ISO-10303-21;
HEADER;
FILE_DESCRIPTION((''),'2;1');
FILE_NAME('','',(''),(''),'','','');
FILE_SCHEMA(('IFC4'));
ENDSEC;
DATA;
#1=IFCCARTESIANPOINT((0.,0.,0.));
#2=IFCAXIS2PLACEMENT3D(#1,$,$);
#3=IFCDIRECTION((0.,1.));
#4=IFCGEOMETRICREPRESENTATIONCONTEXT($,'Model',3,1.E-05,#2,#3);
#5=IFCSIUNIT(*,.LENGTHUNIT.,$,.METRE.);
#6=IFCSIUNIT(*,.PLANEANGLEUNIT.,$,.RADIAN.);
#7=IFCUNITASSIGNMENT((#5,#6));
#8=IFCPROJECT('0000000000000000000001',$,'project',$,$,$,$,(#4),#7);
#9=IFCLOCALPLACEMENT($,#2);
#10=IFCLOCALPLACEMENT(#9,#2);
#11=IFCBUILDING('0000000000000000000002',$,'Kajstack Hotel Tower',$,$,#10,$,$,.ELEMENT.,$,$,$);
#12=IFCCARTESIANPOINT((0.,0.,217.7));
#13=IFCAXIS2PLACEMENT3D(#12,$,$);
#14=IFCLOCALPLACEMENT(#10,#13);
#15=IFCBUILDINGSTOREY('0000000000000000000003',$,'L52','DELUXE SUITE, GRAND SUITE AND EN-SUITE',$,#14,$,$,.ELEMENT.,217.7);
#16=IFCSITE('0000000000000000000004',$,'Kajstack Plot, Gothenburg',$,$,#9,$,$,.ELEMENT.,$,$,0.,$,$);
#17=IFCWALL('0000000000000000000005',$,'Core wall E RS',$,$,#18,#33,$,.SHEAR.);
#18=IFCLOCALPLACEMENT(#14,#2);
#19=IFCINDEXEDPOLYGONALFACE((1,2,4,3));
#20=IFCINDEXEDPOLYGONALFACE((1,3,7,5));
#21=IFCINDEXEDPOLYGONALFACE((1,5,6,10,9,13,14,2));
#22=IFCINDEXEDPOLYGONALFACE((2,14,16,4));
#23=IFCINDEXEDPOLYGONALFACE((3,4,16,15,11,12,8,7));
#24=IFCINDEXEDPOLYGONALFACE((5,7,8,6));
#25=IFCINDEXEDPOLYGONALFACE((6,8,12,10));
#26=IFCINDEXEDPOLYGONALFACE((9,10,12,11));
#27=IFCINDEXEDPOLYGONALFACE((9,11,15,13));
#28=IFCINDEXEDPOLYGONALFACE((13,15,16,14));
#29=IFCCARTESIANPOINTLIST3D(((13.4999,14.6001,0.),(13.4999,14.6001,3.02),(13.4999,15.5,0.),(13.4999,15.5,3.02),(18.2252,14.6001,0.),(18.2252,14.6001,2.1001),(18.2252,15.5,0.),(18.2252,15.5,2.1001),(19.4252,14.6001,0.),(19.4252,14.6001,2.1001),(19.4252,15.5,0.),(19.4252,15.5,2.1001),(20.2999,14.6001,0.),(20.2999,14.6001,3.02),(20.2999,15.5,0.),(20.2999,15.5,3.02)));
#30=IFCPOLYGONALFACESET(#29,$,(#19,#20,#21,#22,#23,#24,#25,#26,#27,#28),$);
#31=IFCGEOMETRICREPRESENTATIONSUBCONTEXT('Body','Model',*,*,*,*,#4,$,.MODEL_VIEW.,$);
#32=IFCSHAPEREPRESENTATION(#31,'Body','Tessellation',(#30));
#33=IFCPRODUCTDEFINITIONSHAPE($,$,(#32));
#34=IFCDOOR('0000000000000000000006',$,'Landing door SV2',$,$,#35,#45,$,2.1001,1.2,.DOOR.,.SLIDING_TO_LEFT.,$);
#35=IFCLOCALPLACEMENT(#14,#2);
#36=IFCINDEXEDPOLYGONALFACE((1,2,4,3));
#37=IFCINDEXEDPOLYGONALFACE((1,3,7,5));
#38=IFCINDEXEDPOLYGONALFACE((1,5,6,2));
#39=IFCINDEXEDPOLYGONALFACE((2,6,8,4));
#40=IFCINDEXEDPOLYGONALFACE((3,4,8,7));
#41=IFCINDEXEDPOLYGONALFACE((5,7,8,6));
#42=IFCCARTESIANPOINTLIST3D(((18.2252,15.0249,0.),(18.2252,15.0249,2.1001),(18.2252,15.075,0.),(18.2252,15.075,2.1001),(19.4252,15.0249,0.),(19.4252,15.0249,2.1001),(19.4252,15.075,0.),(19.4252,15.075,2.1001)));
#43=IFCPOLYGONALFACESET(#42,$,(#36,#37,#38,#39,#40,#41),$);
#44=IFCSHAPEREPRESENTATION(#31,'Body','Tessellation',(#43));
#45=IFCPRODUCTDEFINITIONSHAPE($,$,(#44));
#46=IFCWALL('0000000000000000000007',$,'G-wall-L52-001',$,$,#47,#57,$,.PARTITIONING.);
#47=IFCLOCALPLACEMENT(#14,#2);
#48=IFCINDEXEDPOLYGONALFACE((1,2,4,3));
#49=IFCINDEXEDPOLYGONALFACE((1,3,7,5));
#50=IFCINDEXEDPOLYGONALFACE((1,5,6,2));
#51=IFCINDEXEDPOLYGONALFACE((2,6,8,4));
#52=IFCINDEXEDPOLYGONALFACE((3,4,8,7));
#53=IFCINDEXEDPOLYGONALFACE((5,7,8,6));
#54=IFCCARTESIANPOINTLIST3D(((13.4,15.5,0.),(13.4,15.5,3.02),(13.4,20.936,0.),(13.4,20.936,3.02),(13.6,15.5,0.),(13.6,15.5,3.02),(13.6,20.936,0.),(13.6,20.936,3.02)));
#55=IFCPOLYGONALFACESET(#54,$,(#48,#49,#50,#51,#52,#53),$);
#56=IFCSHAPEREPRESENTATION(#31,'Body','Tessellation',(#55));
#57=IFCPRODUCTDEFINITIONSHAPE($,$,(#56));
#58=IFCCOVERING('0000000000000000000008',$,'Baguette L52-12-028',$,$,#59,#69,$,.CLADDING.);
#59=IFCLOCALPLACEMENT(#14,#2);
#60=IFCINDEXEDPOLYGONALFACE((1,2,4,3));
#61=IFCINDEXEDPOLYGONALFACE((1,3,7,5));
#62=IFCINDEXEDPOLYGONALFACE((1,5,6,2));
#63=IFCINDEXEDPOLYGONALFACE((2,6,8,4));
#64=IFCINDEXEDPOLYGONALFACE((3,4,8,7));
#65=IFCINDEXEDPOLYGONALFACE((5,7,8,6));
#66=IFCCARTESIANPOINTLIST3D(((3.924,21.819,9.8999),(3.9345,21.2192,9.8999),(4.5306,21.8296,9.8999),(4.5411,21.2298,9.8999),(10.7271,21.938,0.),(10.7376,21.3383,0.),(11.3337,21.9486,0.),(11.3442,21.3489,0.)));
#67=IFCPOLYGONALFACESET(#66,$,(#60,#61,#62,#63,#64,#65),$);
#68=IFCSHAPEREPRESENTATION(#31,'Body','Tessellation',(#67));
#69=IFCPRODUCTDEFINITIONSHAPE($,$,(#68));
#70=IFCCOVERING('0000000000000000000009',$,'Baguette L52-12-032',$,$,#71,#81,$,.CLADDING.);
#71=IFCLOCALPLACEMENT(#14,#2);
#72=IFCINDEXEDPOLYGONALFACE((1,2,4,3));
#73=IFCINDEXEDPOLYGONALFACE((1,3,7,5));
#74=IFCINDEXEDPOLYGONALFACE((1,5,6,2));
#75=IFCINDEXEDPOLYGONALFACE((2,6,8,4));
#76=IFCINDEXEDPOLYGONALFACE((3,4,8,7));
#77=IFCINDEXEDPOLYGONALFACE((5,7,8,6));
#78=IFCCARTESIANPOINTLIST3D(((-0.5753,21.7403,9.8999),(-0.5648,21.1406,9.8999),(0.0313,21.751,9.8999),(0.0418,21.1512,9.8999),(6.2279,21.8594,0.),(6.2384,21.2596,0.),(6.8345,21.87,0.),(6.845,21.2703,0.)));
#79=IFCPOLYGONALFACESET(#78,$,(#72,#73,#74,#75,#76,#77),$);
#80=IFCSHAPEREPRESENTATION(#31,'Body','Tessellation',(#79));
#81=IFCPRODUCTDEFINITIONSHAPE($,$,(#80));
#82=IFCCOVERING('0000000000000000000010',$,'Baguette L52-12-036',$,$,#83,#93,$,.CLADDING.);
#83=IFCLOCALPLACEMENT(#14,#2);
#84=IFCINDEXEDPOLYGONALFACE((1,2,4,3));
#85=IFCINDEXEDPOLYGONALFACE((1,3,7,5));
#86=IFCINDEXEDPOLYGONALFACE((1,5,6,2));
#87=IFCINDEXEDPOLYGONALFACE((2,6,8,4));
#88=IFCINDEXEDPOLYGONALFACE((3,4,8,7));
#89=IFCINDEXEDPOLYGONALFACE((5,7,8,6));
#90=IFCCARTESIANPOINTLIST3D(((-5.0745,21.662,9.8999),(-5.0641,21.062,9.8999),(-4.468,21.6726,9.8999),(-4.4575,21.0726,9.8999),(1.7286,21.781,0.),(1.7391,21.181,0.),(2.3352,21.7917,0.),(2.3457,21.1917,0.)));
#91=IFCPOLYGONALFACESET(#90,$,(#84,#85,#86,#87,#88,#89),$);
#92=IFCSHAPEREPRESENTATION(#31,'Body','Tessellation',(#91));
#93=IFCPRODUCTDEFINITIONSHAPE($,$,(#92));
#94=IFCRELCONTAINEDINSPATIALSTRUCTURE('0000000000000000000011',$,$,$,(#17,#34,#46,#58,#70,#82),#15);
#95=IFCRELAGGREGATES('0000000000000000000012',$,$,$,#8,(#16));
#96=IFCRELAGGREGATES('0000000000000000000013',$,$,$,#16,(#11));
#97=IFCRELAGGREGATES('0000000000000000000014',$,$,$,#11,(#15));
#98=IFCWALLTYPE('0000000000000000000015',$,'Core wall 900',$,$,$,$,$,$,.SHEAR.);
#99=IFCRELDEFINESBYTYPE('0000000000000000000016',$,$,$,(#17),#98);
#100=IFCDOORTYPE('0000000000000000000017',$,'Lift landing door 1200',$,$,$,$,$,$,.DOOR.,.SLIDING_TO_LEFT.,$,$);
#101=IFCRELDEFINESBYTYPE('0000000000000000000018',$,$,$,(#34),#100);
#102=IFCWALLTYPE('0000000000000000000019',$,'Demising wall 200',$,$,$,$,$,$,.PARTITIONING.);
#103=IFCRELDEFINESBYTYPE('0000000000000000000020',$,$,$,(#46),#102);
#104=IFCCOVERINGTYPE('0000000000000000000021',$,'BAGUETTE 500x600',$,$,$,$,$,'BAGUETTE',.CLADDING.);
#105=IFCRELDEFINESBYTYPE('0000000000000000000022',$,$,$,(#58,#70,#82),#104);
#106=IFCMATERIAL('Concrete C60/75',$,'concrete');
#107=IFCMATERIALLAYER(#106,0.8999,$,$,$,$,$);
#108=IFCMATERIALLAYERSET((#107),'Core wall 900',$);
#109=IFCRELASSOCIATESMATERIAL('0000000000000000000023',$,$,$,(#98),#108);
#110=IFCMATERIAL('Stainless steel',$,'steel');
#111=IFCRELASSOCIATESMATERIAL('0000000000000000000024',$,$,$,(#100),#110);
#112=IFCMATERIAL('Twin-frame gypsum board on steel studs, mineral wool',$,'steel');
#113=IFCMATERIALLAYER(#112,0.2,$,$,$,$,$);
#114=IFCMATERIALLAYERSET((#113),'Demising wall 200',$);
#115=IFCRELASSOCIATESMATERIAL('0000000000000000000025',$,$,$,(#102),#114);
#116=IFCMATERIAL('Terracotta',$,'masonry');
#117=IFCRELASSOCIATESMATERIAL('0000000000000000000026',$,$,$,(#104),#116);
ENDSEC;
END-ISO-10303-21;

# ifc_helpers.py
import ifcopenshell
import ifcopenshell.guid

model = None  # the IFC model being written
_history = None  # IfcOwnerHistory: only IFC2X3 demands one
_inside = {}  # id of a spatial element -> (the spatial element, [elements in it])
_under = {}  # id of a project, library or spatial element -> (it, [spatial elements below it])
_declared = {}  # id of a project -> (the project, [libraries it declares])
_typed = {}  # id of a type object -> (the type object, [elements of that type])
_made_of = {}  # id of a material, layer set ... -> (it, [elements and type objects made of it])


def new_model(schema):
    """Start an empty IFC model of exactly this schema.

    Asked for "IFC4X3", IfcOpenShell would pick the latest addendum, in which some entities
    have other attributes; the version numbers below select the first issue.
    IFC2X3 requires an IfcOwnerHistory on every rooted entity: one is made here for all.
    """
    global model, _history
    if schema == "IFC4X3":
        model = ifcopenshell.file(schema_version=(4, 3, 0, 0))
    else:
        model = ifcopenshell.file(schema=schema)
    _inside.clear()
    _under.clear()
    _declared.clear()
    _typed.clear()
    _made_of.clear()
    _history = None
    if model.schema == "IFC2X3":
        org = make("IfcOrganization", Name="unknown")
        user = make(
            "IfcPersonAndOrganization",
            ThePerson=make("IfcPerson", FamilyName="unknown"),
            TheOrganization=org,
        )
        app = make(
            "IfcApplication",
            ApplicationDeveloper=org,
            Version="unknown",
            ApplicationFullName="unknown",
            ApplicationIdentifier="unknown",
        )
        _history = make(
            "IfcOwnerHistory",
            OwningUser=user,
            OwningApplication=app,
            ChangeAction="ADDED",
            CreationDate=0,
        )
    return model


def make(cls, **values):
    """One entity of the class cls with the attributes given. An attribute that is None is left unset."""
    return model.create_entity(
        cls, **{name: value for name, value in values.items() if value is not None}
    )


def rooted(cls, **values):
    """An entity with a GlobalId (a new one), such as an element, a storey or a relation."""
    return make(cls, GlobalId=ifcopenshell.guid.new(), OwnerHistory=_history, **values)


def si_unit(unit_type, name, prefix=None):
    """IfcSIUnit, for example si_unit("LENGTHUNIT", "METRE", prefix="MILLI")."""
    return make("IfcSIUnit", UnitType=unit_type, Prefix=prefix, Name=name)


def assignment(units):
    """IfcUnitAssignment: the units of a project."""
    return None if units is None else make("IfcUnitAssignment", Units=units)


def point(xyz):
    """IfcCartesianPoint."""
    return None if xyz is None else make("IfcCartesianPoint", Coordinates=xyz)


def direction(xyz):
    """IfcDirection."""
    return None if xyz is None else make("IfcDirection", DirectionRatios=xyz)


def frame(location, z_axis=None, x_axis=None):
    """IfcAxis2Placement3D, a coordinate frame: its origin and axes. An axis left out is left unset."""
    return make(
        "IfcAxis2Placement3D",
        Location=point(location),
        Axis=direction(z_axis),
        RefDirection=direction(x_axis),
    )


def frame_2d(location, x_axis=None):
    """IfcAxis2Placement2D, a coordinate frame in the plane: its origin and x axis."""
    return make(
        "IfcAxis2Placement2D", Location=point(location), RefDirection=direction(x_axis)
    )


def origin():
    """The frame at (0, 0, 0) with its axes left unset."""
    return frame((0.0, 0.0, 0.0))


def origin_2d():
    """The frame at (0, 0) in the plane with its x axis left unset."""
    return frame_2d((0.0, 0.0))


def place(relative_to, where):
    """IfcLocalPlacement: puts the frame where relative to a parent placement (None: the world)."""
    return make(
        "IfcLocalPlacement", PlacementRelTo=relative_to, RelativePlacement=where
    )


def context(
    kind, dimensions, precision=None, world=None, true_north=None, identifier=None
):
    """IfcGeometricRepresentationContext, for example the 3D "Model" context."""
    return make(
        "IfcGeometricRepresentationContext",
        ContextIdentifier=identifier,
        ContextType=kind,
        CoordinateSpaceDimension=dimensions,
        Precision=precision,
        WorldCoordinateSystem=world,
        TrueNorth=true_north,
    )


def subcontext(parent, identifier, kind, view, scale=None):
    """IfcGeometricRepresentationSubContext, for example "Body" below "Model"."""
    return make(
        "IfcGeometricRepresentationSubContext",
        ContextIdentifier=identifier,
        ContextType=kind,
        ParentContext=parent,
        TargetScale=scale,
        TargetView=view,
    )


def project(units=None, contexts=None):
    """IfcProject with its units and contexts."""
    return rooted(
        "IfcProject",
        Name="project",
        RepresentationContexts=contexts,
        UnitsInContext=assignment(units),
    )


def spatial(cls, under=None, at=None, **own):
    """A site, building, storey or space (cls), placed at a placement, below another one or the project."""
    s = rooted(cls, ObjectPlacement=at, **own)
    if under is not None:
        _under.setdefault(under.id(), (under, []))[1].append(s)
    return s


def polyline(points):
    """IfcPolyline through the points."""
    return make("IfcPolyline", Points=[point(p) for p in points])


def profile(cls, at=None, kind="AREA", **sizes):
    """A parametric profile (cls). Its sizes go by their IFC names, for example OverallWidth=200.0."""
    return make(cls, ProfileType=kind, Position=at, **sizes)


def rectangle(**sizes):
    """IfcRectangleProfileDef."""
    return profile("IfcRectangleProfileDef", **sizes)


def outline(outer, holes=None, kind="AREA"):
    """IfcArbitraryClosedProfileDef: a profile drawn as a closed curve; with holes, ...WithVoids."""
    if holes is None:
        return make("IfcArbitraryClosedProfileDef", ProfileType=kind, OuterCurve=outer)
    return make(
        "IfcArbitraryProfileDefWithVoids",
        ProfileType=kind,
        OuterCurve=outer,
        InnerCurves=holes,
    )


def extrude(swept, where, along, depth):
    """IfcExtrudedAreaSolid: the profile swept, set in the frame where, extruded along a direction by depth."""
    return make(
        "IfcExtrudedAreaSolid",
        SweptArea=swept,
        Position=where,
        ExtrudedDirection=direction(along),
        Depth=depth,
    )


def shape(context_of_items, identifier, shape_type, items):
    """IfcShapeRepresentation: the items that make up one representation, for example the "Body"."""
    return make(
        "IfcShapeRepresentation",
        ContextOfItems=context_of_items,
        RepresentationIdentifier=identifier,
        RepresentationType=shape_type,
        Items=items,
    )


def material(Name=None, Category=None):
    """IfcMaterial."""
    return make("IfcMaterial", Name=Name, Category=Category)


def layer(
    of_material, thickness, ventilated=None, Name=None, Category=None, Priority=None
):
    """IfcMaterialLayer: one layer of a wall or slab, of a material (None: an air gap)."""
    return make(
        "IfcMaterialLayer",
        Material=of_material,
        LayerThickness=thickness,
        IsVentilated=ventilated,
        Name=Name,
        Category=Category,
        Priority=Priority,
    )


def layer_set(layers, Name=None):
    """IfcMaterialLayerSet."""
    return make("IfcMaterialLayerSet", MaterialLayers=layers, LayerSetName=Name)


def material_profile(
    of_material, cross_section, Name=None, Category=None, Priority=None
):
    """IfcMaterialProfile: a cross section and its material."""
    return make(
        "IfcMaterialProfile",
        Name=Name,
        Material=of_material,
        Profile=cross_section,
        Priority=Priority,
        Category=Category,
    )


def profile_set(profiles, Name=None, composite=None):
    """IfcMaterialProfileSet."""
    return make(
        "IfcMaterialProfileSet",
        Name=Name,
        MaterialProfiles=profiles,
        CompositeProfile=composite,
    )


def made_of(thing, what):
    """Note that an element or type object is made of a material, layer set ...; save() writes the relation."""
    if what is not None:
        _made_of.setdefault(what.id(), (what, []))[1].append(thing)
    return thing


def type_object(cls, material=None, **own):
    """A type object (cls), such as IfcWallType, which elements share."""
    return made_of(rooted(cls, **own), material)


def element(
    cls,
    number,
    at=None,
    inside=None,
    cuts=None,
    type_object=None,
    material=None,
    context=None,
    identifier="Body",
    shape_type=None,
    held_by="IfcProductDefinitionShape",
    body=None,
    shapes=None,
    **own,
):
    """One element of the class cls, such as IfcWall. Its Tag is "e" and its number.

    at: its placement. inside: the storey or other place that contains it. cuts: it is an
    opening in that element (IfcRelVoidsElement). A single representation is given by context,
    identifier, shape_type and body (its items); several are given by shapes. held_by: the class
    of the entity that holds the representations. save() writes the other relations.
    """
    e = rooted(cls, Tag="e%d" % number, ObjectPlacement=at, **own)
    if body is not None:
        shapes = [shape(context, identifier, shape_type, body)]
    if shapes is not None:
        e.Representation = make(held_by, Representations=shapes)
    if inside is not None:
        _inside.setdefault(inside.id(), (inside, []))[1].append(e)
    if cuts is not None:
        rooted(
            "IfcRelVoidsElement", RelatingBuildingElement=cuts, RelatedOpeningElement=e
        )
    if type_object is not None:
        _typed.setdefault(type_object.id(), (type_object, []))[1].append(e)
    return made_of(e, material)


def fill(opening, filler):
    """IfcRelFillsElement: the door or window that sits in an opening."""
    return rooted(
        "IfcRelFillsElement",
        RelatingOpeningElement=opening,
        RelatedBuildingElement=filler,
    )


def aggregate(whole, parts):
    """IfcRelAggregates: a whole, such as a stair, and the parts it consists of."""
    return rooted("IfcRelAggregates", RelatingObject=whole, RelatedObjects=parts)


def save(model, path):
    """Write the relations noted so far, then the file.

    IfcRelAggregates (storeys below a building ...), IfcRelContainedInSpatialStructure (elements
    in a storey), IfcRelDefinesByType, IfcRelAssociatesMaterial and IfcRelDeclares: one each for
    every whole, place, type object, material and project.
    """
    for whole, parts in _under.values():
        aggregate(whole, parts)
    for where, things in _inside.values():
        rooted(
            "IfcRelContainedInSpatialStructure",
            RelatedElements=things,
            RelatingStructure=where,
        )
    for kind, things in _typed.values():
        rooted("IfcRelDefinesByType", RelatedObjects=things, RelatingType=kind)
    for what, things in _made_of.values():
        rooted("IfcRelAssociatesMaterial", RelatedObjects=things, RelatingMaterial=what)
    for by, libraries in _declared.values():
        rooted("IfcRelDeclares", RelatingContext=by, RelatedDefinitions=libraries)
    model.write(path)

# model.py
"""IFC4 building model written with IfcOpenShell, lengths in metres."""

from ifc_helpers import new_model, si_unit, direction, frame, frame_2d, origin, origin_2d, place, context, subcontext, project, spatial, polyline, rectangle, outline, extrude, material, layer, layer_set, material_profile, profile_set, type_object, element, fill, save


model = new_model("IFC4")

# Units and contexts
model_context = context("Model", 3, precision=1e-05, world=origin(), true_north=direction((0.0, 1.0)))
body_context = subcontext(model_context, "Body", "Model", "MODEL_VIEW")
ifc_project = project(units=[si_unit("LENGTHUNIT", "METRE"), si_unit("PLANEANGLEUNIT", "RADIAN")], contexts=[model_context])

# Site, building, storey
site_placement = place(None, origin())
site = spatial("IfcSite", under=ifc_project, at=site_placement, Name="Kajstack Plot, Gothenburg", CompositionType="ELEMENT", RefElevation=0.0)
building_placement = place(site_placement, origin())
building = spatial("IfcBuilding", under=site, at=building_placement, Name="Kajstack Hotel Tower", CompositionType="ELEMENT")
storey_placement = place(building_placement, frame((0.0, 0.0, 217.7)))
storey = spatial("IfcBuildingStorey", under=building, at=storey_placement, Name="L52", Description="DELUXE SUITE, GRAND SUITE AND EN-SUITE", CompositionType="ELEMENT", Elevation=217.7)

# Wall, opening, door
ifc_material_1 = material(Name="Concrete C60/75", Category="concrete")
ifc_layer_1 = layer(ifc_material_1, 0.8999)
ifc_layer_set_1 = layer_set([ifc_layer_1], Name="Core wall 900")
wall_type_1 = type_object("IfcWallType", Name="Core wall 900", PredefinedType="SHEAR", material=ifc_layer_set_1)
wall_1_placement = place(storey_placement, frame((13.5, 15.05, 0.0), z_axis=(0.0, 0.0, 1.0), x_axis=(1.0, 0.0, 0.0)))
wall_1 = element("IfcWall", 1, at=wall_1_placement, inside=storey, type_object=wall_type_1, Name="Core wall E RS", PredefinedType="SHEAR", context=body_context, shape_type="SweptSolid", body=[
    extrude(rectangle(XDim=6.8, YDim=0.8999, at=frame_2d((3.3999, 0.0))), origin(), (0.0, 0.0, 1.0), 3.02),
])
opening_1_placement = place(wall_1_placement, frame((4.7251, 0.0, 0.0)))
opening_1 = element("IfcOpeningElement", 2, at=opening_1_placement, cuts=wall_1, PredefinedType="OPENING", context=body_context, shape_type="SweptSolid", body=[
    extrude(rectangle(XDim=1.2, YDim=2.1001, at=frame_2d((0.6001, 1.05))), frame((0.0, 0.46, 0.0), z_axis=(0.0, -1.0, 0.0), x_axis=(1.0, 0.0, 0.0)), (0.0, 0.0, 1.0), 0.9199),
])
ifc_material_2 = material(Name="Stainless steel", Category="steel")
door_type = type_object("IfcDoorType", Name="Lift landing door 1200", OperationType="SLIDING_TO_LEFT", PredefinedType="DOOR", material=ifc_material_2)
door_placement = place(opening_1_placement, origin())
door = element("IfcDoor", 3, at=door_placement, inside=storey, type_object=door_type, Name="Landing door SV2", OperationType="SLIDING_TO_LEFT", OverallHeight=2.1001, OverallWidth=1.2, PredefinedType="DOOR", context=body_context, shape_type="SweptSolid", body=[
    extrude(rectangle(XDim=1.2, YDim=2.1001, at=frame_2d((0.6001, 1.05))), frame((0.0, 0.0249, 0.0), z_axis=(0.0, -1.0, 0.0), x_axis=(1.0, 0.0, 0.0)), (0.0, 0.0, 1.0), 0.05),
])
fill(opening_1, door)

# Wall
ifc_material_3 = material(Name="Twin-frame gypsum board on steel studs, mineral wool", Category="steel")
ifc_layer_2 = layer(ifc_material_3, 0.2)
ifc_layer_set_2 = layer_set([ifc_layer_2], Name="Demising wall 200")
wall_type_2 = type_object("IfcWallType", Name="Demising wall 200", PredefinedType="PARTITIONING", material=ifc_layer_set_2)
wall_2_placement = place(storey_placement, frame((13.5, 15.5, 0.0), z_axis=(0.0, 0.0, 1.0), x_axis=(0.0, 1.0, 0.0)))
element("IfcWall", 4, at=wall_2_placement, inside=storey, type_object=wall_type_2, Name="G-wall-L52-001", PredefinedType="PARTITIONING", context=body_context, shape_type="SweptSolid", body=[
    extrude(rectangle(XDim=5.436, YDim=0.2, at=frame_2d((2.718, 0.0))), origin(), (0.0, 0.0, 1.0), 3.02),
])

# Coverings
ifc_material_4 = material(Name="Terracotta", Category="masonry")
ifc_material_profile = material_profile(ifc_material_4, rectangle(XDim=0.6001, YDim=0.5, at=origin_2d()), Name="Terracotta-clad concrete baguette 500 x 600")
ifc_profile_set = profile_set([ifc_material_profile], Name="Terracotta")
covering_type = type_object("IfcCoveringType", Name="BAGUETTE 500x600", ElementType="BAGUETTE", PredefinedType="CLADDING", material=ifc_profile_set)
for number, where, z_axis, x_axis, name in (
    (5, (11.3442, 21.3489, 0.0), (-0.017498, 0.999847, 0.0), (-0.999847, -0.017498, 0.0), "Baguette L52-12-028"),
    (6, (6.845, 21.2703, 0.0), (-0.017498, 0.999847, 0.0), (-0.999847, -0.017498, 0.0), "Baguette L52-12-032"),
):
    element("IfcCovering", number, at=place(storey_placement, frame(where, z_axis=z_axis, x_axis=x_axis)), inside=storey, type_object=covering_type, Name=name, PredefinedType="CLADDING", context=body_context, shape_type="SweptSolid", body=[
        extrude(outline(polyline([(6.8042, 9.8999), (0.0, 0.0), (0.6067, 0.0), (7.4109, 9.8999), (6.8042, 9.8999)])), origin(), (0.0, 0.0, 1.0), 0.5999),
    ])
covering_placement = place(storey_placement, frame((2.3457, 21.1917, 0.0), z_axis=(-0.017491, 0.999847, 0.0), x_axis=(-0.999847, -0.017491, 0.0)))
element("IfcCovering", 7, at=covering_placement, inside=storey, type_object=covering_type, Name="Baguette L52-12-036", PredefinedType="CLADDING", context=body_context, shape_type="SweptSolid", body=[
    extrude(outline(polyline([(6.8042, 9.8999), (0.0, 0.0), (0.6067, 0.0), (7.4109, 9.8999), (6.8042, 9.8999)])), origin(), (0.0, 0.0, 1.0), 0.6001),
])

save(model, "model.ifc")
